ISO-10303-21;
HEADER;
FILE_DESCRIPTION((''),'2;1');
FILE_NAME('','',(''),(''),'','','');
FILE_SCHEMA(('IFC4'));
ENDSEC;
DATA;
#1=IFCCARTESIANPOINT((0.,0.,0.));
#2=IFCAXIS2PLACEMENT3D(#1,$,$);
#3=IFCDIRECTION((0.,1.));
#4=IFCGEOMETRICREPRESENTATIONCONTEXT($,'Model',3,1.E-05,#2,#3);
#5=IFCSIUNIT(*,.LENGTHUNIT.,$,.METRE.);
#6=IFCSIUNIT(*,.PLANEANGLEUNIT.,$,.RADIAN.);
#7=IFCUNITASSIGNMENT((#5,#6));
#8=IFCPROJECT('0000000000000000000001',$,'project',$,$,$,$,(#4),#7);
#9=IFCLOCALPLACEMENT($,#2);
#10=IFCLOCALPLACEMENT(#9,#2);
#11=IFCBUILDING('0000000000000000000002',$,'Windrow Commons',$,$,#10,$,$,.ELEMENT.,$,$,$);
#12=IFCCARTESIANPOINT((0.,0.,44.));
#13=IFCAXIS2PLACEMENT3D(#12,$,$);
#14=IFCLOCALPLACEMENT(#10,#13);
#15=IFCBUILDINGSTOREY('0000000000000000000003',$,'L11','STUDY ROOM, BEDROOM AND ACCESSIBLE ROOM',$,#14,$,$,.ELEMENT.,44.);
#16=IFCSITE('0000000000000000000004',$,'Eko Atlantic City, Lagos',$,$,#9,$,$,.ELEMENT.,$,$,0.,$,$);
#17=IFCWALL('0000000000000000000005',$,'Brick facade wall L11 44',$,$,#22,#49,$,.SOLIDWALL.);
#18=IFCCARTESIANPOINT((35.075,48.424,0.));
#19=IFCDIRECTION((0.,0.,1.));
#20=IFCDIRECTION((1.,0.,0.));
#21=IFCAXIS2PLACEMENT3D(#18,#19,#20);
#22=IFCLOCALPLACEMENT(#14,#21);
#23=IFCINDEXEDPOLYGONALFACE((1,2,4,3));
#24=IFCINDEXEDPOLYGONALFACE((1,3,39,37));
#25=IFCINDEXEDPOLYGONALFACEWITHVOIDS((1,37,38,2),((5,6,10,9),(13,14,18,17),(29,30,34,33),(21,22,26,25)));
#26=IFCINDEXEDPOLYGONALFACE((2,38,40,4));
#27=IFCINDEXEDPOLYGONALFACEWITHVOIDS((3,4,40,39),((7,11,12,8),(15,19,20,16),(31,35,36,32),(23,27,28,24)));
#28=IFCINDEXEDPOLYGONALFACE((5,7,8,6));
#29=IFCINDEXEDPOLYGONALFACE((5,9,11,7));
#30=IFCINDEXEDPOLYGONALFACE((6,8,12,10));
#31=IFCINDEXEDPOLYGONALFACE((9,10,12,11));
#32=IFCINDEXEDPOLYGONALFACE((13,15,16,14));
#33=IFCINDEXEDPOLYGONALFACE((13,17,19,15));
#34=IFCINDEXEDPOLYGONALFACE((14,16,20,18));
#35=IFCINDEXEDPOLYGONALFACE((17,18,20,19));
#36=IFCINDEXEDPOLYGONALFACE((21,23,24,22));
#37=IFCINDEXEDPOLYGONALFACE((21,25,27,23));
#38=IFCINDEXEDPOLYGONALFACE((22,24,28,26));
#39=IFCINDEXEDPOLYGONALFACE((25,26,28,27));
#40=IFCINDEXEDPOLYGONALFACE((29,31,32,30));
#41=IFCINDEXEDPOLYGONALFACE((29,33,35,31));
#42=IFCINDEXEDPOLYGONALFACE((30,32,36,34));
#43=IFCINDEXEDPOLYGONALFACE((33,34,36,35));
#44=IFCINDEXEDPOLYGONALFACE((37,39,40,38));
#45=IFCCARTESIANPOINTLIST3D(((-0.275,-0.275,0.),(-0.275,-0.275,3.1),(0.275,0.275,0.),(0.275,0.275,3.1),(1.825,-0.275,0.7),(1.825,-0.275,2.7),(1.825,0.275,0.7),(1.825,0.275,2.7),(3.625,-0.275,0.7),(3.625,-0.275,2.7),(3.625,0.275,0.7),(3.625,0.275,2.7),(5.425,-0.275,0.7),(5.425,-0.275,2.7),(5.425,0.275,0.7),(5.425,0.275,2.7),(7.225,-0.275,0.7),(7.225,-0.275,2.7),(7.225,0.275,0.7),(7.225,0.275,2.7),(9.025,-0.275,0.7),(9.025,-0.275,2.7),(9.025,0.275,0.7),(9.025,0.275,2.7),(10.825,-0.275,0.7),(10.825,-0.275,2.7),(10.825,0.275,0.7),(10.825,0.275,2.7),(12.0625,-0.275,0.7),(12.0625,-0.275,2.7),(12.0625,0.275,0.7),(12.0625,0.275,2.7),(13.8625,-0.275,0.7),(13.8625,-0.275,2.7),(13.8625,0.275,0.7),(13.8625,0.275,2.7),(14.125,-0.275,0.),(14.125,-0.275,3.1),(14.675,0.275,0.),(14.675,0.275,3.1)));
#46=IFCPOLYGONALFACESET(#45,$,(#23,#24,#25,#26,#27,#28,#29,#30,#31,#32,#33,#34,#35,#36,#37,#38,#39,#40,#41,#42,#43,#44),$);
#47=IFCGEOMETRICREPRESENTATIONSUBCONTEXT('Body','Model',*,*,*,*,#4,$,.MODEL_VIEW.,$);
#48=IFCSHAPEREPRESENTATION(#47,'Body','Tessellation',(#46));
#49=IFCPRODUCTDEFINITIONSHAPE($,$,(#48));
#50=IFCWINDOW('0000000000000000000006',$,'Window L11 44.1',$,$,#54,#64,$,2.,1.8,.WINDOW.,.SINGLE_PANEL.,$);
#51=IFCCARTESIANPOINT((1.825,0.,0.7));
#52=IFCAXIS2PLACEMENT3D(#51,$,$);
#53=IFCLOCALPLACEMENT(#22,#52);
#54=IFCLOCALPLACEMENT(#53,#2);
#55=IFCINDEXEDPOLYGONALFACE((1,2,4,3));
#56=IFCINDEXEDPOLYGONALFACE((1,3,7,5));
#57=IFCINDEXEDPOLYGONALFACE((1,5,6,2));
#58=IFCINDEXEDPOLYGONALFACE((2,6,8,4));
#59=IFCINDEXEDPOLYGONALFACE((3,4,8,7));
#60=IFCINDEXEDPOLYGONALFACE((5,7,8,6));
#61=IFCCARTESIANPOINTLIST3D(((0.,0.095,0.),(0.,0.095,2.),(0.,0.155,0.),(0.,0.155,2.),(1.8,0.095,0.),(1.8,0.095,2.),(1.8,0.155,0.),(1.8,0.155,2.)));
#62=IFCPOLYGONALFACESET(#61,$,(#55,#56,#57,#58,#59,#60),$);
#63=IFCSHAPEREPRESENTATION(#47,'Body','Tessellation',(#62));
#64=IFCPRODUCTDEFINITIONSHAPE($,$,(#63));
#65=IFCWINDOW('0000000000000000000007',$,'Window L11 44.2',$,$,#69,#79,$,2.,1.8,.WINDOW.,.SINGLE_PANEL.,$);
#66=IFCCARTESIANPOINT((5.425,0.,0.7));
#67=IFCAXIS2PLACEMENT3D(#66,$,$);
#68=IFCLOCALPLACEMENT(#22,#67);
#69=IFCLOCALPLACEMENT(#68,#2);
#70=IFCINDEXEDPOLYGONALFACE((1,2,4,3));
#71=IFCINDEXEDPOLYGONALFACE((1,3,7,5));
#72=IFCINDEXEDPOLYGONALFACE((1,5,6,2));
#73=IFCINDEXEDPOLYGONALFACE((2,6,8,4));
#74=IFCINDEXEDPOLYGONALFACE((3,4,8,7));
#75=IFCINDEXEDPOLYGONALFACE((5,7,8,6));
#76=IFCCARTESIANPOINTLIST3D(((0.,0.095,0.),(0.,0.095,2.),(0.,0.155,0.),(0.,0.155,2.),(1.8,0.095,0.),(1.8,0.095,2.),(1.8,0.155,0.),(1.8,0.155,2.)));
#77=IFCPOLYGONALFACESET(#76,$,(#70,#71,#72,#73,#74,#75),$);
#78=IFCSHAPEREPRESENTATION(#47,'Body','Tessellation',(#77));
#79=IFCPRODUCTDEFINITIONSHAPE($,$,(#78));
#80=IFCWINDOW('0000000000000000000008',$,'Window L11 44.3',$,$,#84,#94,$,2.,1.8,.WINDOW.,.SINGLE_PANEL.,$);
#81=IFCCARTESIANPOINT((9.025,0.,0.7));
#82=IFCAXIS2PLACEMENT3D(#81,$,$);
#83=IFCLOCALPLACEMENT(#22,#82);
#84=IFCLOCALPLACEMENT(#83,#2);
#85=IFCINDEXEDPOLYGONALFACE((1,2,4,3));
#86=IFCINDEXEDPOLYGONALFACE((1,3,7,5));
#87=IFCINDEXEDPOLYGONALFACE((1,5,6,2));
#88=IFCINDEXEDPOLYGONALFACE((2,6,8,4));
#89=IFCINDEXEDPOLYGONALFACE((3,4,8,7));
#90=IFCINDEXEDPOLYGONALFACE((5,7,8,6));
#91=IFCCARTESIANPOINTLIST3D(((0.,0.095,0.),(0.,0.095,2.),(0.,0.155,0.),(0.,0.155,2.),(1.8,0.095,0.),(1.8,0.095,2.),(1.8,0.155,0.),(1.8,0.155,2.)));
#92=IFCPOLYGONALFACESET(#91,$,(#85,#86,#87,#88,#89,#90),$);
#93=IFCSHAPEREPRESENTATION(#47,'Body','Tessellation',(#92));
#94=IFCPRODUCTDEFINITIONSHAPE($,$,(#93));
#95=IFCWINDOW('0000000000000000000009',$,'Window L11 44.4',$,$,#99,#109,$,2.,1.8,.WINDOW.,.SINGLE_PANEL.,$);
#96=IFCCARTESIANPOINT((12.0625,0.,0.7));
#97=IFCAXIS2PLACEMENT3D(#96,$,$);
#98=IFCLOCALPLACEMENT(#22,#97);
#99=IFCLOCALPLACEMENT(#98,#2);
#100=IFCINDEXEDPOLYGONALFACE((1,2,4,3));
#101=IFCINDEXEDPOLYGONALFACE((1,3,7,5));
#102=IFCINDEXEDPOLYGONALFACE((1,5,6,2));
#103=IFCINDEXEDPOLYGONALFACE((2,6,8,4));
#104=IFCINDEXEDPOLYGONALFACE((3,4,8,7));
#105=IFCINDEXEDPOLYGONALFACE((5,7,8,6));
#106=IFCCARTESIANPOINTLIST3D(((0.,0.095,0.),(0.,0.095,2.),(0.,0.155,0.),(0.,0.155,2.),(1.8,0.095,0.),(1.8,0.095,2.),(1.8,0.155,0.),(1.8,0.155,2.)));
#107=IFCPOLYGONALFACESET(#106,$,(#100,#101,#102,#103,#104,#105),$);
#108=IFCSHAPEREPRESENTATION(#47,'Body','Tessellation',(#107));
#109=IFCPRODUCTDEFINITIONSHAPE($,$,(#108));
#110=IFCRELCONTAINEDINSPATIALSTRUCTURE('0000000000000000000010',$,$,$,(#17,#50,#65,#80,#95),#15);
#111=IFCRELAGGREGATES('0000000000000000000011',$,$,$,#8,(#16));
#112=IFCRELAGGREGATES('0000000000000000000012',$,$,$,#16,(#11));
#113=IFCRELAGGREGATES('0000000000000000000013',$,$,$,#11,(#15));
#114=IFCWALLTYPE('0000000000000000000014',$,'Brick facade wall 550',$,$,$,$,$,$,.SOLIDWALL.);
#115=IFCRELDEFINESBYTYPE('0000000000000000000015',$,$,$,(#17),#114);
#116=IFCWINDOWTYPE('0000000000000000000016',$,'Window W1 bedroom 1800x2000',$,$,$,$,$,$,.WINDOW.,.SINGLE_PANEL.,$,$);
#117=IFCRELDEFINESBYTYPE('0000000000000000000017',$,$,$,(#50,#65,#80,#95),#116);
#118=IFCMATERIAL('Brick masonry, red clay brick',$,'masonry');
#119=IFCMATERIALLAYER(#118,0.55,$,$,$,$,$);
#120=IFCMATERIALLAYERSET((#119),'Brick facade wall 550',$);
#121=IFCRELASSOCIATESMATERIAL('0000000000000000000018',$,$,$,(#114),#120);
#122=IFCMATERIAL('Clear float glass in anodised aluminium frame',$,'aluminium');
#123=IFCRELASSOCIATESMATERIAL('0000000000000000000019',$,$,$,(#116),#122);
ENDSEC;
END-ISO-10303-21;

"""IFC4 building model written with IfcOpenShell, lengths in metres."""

from ifc_helpers import new_model, si_unit, direction, frame, frame_2d, origin, place, context, subcontext, project, spatial, polyline, rectangle, outline, extrude, material, layer, layer_set, type_object, element, fill, save


model = new_model("IFC4")

# Units and contexts
model_context = context("Model", 3, precision=1e-05, world=origin(), true_north=direction((0.0, 1.0)))
body_context = subcontext(model_context, "Body", "Model", "MODEL_VIEW")
ifc_project = project(units=[si_unit("LENGTHUNIT", "METRE"), si_unit("PLANEANGLEUNIT", "RADIAN")], contexts=[model_context])

# Site, building, storey
site_placement = place(None, origin())
site = spatial("IfcSite", under=ifc_project, at=site_placement, Name="Eko Atlantic City, Lagos", CompositionType="ELEMENT", RefElevation=0.0)
building_placement = place(site_placement, origin())
building = spatial("IfcBuilding", under=site, at=building_placement, Name="Windrow Commons", CompositionType="ELEMENT")
storey_placement = place(building_placement, frame((0.0, 0.0, 44.0)))
storey = spatial("IfcBuildingStorey", under=building, at=storey_placement, Name="L11", Description="STUDY ROOM, BEDROOM AND ACCESSIBLE ROOM", CompositionType="ELEMENT", Elevation=44.0)

# Wall, openings, windows
ifc_material_1 = material(Name="Brick masonry, red clay brick", Category="masonry")
ifc_layer_1 = layer(ifc_material_1, 0.55)
ifc_layer_set_1 = layer_set([ifc_layer_1], Name="Brick facade wall 550")
wall_type_1 = type_object("IfcWallType", Name="Brick facade wall 550", PredefinedType="SOLIDWALL", material=ifc_layer_set_1)
wall_1_placement = place(storey_placement, frame((35.075, 48.424, 0.0), z_axis=(0.0, 0.0, 1.0), x_axis=(1.0, 0.0, 0.0)))
wall_1 = element("IfcWall", 1, at=wall_1_placement, inside=storey, type_object=wall_type_1, Name="Brick facade wall L11 44", PredefinedType="SOLIDWALL", context=body_context, shape_type="SweptSolid", body=[
    extrude(outline(polyline([(-0.275, -0.275), (14.125, -0.275), (14.675, 0.275), (0.275, 0.275), (-0.275, -0.275)])), origin(), (0.0, 0.0, 1.0), 3.1),
])
opening_1_placement = place(wall_1_placement, frame((1.825, 0.0, 0.7)))
opening_1 = element("IfcOpeningElement", 2, at=opening_1_placement, cuts=wall_1, PredefinedType="OPENING", context=body_context, shape_type="SweptSolid", body=[
    extrude(rectangle(XDim=1.8, YDim=2.0, at=frame_2d((0.9, 1.0))), frame((0.0, 0.285, 0.0), z_axis=(0.0, -1.0, 0.0), x_axis=(1.0, 0.0, 0.0)), (0.0, 0.0, 1.0), 0.57),
])
opening_2_placement = place(wall_1_placement, frame((5.425, 0.0, 0.7)))
opening_2 = element("IfcOpeningElement", 3, at=opening_2_placement, cuts=wall_1, PredefinedType="OPENING", context=body_context, shape_type="SweptSolid", body=[
    extrude(rectangle(XDim=1.8, YDim=2.0, at=frame_2d((0.9, 1.0))), frame((0.0, 0.285, 0.0), z_axis=(0.0, -1.0, 0.0), x_axis=(1.0, 0.0, 0.0)), (0.0, 0.0, 1.0), 0.57),
])
opening_3_placement = place(wall_1_placement, frame((9.025, 0.0, 0.7)))
opening_3 = element("IfcOpeningElement", 4, at=opening_3_placement, cuts=wall_1, PredefinedType="OPENING", context=body_context, shape_type="SweptSolid", body=[
    extrude(rectangle(XDim=1.8, YDim=2.0, at=frame_2d((0.9, 1.0))), frame((0.0, 0.285, 0.0), z_axis=(0.0, -1.0, 0.0), x_axis=(1.0, 0.0, 0.0)), (0.0, 0.0, 1.0), 0.57),
])
opening_4_placement = place(wall_1_placement, frame((12.0625, 0.0, 0.7)))
opening_4 = element("IfcOpeningElement", 5, at=opening_4_placement, cuts=wall_1, PredefinedType="OPENING", context=body_context, shape_type="SweptSolid", body=[
    extrude(rectangle(XDim=1.8, YDim=2.0, at=frame_2d((0.9, 1.0))), frame((0.0, 0.285, 0.0), z_axis=(0.0, -1.0, 0.0), x_axis=(1.0, 0.0, 0.0)), (0.0, 0.0, 1.0), 0.57),
])
ifc_material_2 = material(Name="Clear float glass in anodised aluminium frame", Category="aluminium")
window_type_1 = type_object("IfcWindowType", Name="Window W1 bedroom 1800x2000", PartitioningType="SINGLE_PANEL", PredefinedType="WINDOW", material=ifc_material_2)
window_1_placement = place(opening_1_placement, origin())
window_1 = element("IfcWindow", 6, at=window_1_placement, inside=storey, type_object=window_type_1, Name="Window L11 44.1", OverallHeight=2.0, OverallWidth=1.8, PartitioningType="SINGLE_PANEL", PredefinedType="WINDOW", context=body_context, shape_type="SweptSolid", body=[
    extrude(rectangle(XDim=1.8, YDim=2.0, at=frame_2d((0.9, 1.0))), frame((0.0, 0.155, 0.0), z_axis=(0.0, -1.0, 0.0), x_axis=(1.0, 0.0, 0.0)), (0.0, 0.0, 1.0), 0.06),
])
fill(opening_1, window_1)
window_2_placement = place(opening_2_placement, origin())
window_2 = element("IfcWindow", 7, at=window_2_placement, inside=storey, type_object=window_type_1, Name="Window L11 44.2", OverallHeight=2.0, OverallWidth=1.8, PartitioningType="SINGLE_PANEL", PredefinedType="WINDOW", context=body_context, shape_type="SweptSolid", body=[
    extrude(rectangle(XDim=1.8, YDim=2.0, at=frame_2d((0.9, 1.0))), frame((0.0, 0.155, 0.0), z_axis=(0.0, -1.0, 0.0), x_axis=(1.0, 0.0, 0.0)), (0.0, 0.0, 1.0), 0.06),
])
fill(opening_2, window_2)
window_3_placement = place(opening_3_placement, origin())
window_3 = element("IfcWindow", 8, at=window_3_placement, inside=storey, type_object=window_type_1, Name="Window L11 44.3", OverallHeight=2.0, OverallWidth=1.8, PartitioningType="SINGLE_PANEL", PredefinedType="WINDOW", context=body_context, shape_type="SweptSolid", body=[
    extrude(rectangle(XDim=1.8, YDim=2.0, at=frame_2d((0.9, 1.0))), frame((0.0, 0.155, 0.0), z_axis=(0.0, -1.0, 0.0), x_axis=(1.0, 0.0, 0.0)), (0.0, 0.0, 1.0), 0.06),
])
fill(opening_3, window_3)
window_4_placement = place(opening_4_placement, origin())
window_4 = element("IfcWindow", 9, at=window_4_placement, inside=storey, type_object=window_type_1, Name="Window L11 44.4", OverallHeight=2.0, OverallWidth=1.8, PartitioningType="SINGLE_PANEL", PredefinedType="WINDOW", context=body_context, shape_type="SweptSolid", body=[
    extrude(rectangle(XDim=1.8, YDim=2.0, at=frame_2d((0.9, 1.0))), frame((0.0, 0.155, 0.0), z_axis=(0.0, -1.0, 0.0), x_axis=(1.0, 0.0, 0.0)), (0.0, 0.0, 1.0), 0.06),
])
fill(opening_4, window_4)

save(model, "model.ifc")
